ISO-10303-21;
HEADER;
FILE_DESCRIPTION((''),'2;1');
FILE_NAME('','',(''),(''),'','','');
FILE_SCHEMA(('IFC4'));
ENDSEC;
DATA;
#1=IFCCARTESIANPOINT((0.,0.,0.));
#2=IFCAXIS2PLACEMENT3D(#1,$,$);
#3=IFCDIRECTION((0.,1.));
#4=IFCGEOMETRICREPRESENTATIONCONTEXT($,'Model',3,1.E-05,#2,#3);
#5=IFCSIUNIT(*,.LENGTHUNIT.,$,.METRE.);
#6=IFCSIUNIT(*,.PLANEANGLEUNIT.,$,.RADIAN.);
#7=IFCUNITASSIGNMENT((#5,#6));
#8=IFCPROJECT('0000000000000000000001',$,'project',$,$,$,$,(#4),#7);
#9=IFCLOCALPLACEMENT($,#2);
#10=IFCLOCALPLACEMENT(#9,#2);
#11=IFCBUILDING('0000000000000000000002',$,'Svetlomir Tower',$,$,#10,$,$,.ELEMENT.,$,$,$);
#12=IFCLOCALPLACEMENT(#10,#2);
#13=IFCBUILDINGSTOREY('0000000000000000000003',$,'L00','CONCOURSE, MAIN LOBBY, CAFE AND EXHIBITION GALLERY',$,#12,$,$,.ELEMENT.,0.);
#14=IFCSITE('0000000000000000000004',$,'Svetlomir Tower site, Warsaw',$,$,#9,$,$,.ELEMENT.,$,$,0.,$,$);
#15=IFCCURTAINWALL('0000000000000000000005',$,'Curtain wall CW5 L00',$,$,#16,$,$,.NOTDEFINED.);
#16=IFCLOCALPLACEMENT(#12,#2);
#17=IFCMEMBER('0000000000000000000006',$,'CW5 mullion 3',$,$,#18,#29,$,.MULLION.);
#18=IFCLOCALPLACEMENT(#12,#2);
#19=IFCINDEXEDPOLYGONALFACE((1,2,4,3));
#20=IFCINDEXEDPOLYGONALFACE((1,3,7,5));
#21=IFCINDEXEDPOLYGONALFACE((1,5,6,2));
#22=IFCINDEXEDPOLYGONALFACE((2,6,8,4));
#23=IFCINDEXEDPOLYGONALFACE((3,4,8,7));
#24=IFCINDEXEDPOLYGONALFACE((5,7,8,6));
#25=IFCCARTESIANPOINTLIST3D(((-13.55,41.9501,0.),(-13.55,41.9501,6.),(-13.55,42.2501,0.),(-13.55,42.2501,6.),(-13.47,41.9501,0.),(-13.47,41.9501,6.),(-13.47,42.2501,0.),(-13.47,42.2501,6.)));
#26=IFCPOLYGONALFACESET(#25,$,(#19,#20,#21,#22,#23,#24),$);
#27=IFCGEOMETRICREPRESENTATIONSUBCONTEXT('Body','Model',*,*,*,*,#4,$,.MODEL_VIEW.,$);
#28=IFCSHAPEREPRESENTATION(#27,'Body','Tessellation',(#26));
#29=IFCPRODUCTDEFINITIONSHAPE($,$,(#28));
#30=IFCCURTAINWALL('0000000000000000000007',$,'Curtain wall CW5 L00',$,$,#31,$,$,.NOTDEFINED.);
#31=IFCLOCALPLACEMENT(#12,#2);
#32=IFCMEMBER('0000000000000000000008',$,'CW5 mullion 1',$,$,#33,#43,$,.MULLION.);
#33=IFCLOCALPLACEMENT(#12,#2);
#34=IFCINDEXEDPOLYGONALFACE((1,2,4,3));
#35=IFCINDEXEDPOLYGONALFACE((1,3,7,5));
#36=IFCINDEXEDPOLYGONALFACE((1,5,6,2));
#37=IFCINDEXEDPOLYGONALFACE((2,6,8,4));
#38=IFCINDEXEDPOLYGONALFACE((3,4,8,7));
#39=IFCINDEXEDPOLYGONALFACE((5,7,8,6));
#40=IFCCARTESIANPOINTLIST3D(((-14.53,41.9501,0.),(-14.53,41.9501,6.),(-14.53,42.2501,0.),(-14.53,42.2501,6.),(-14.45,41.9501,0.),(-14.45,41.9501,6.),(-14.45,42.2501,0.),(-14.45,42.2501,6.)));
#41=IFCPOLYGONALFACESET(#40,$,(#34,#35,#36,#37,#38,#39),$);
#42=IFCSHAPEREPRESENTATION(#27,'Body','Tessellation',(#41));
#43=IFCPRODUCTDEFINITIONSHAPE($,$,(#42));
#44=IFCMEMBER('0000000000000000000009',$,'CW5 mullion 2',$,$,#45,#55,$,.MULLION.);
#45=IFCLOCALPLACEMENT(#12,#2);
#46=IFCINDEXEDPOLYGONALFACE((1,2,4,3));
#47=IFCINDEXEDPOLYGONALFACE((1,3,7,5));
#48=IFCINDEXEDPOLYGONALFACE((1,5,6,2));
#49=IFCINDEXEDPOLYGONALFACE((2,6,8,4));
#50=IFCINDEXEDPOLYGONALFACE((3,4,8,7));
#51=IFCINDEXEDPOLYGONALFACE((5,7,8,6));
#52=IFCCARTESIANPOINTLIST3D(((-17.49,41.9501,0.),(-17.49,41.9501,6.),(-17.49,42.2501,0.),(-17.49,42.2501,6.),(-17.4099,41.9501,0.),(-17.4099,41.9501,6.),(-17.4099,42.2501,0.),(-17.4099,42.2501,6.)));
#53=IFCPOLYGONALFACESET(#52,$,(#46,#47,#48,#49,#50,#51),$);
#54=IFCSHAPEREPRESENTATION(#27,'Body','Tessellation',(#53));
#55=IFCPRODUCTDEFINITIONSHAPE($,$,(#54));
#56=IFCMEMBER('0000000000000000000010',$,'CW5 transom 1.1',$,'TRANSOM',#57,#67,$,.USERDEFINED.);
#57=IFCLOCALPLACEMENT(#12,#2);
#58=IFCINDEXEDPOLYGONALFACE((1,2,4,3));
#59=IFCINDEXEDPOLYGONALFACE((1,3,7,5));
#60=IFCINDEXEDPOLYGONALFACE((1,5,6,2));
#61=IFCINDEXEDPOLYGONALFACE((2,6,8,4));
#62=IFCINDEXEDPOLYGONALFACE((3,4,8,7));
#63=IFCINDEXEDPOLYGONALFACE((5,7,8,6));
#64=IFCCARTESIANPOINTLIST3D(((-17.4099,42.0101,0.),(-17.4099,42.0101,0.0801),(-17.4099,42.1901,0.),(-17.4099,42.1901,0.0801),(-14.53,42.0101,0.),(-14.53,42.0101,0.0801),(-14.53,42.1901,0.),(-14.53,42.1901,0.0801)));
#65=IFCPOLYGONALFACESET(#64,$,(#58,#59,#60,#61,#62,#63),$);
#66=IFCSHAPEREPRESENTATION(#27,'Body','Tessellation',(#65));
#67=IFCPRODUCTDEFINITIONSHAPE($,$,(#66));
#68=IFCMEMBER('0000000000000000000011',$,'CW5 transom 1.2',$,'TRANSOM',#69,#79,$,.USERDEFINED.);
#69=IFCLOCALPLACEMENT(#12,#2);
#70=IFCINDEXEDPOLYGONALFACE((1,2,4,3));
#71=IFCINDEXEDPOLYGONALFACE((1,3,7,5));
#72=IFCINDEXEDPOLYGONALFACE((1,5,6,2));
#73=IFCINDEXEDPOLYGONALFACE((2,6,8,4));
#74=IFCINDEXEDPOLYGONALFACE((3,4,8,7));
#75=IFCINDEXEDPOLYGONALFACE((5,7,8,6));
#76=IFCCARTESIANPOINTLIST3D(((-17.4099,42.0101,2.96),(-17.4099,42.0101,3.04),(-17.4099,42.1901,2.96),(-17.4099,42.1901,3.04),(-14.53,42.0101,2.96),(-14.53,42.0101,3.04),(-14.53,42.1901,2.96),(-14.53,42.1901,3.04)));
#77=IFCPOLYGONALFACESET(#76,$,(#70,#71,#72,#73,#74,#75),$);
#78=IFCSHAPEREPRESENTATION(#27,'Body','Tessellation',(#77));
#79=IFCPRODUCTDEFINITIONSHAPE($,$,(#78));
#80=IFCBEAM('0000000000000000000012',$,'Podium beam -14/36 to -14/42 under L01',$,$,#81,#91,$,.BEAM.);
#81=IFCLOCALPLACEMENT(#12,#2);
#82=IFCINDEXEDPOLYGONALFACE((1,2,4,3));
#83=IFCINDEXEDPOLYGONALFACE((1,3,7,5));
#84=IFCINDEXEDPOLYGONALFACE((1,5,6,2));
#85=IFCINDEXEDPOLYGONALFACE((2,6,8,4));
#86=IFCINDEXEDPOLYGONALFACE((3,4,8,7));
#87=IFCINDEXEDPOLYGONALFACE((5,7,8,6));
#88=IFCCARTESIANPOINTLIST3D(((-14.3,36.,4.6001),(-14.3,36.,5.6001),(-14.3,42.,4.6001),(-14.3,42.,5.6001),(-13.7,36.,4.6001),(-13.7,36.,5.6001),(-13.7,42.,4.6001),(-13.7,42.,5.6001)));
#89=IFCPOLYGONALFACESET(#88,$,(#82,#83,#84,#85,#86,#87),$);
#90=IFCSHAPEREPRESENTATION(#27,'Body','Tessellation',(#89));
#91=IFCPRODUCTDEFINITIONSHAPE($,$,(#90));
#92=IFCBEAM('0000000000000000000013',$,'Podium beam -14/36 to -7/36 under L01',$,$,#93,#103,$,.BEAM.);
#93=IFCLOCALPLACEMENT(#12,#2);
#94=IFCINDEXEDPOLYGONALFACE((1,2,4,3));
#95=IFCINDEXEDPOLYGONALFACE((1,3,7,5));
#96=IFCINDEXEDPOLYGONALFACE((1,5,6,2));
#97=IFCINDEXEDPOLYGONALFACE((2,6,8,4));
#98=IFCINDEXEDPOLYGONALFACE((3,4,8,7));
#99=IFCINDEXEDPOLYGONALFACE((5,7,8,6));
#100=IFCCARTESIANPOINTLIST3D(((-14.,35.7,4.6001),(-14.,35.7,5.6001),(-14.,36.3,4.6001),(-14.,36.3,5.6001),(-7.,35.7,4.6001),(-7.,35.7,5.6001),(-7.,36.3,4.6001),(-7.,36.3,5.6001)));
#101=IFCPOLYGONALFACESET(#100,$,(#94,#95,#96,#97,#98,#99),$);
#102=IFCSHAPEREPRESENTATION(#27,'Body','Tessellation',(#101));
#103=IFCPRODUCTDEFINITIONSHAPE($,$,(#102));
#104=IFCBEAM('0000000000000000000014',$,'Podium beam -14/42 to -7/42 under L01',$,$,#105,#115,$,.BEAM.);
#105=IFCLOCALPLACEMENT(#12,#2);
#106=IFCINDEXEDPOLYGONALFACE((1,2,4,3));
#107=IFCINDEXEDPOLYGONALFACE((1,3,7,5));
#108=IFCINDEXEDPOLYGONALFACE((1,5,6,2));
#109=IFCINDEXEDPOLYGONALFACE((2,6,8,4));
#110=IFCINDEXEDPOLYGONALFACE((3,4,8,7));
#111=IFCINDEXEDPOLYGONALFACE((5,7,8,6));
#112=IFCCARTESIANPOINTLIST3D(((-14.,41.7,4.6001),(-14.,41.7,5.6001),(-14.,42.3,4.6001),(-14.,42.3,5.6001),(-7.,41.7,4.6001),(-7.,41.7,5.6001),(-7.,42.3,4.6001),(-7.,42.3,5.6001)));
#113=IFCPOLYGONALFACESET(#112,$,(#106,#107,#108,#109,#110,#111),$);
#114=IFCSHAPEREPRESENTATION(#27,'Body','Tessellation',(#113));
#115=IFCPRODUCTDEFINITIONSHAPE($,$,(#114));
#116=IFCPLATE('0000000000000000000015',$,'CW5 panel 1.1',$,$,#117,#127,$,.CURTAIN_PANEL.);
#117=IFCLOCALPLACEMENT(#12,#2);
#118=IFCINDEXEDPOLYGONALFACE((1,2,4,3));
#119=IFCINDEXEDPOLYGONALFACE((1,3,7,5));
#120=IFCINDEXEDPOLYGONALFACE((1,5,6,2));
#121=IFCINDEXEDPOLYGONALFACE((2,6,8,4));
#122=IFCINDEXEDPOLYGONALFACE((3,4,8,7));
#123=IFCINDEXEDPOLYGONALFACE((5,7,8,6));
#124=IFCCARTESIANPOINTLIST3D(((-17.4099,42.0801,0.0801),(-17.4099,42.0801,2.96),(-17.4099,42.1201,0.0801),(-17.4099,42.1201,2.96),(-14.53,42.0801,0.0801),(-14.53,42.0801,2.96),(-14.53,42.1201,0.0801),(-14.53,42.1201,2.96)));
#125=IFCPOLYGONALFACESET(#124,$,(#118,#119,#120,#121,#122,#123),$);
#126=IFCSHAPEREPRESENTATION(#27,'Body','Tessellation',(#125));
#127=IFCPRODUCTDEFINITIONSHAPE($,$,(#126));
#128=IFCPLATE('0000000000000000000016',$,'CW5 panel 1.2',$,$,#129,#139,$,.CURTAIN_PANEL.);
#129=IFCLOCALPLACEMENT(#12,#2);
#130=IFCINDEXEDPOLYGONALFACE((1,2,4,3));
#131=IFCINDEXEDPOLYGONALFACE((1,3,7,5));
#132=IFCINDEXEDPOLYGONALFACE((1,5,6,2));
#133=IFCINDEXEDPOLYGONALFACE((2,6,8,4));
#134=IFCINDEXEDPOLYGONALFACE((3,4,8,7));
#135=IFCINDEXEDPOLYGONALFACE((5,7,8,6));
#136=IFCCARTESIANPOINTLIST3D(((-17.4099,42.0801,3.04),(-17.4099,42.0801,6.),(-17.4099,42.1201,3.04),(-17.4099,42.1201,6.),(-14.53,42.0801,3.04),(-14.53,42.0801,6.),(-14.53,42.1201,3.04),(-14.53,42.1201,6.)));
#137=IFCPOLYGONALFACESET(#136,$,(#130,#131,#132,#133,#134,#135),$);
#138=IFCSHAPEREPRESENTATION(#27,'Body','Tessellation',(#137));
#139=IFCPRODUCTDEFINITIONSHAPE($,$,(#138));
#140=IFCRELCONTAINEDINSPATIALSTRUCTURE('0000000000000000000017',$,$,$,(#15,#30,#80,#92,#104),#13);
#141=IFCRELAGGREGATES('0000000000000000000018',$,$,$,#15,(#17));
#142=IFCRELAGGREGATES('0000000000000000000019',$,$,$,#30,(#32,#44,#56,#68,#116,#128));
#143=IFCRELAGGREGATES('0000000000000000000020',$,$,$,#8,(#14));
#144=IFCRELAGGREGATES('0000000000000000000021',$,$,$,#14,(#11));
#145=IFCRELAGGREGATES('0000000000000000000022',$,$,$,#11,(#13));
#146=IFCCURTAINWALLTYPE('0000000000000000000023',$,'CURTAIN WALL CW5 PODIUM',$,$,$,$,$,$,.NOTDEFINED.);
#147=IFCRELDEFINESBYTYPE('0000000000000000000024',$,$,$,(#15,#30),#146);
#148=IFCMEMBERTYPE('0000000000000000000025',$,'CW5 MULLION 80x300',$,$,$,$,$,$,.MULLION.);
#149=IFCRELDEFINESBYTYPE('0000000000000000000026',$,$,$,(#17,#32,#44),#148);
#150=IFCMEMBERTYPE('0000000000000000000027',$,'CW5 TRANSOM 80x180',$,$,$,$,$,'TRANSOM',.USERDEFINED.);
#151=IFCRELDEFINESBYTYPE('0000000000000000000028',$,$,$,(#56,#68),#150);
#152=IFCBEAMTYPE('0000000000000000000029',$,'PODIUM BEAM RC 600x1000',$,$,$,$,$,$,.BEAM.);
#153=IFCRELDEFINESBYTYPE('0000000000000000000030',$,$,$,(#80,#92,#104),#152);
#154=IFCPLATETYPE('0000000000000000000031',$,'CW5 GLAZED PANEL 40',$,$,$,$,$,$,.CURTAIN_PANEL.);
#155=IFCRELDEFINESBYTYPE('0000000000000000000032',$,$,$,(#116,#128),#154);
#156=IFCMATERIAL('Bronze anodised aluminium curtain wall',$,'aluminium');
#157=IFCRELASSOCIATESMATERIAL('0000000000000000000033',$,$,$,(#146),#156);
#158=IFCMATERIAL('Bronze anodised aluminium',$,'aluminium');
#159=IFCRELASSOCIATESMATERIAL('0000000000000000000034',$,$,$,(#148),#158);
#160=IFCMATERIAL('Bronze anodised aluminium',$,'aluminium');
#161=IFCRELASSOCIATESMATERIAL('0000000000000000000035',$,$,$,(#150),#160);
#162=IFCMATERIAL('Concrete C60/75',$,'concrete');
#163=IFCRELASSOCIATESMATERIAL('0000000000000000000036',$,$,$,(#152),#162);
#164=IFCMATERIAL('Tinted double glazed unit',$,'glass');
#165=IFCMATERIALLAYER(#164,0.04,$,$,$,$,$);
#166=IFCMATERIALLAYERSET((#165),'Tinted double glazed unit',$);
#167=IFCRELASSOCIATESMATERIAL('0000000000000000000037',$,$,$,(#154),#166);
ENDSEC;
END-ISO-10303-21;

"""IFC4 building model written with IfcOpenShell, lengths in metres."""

from ifc_helpers import new_model, si_unit, direction, frame, origin, origin_2d, place, context, subcontext, project, spatial, rectangle, extrude, material, layer, layer_set, material_profile, profile_set, type_object, element, aggregate, save


model = new_model("IFC4")

# Units and contexts
model_context = context("Model", 3, precision=1e-05, world=origin(), true_north=direction((0.0, 1.0)))
body_context = subcontext(model_context, "Body", "Model", "MODEL_VIEW")
ifc_project = project(units=[si_unit("LENGTHUNIT", "METRE"), si_unit("PLANEANGLEUNIT", "RADIAN")], contexts=[model_context])

# Site, building, storey
site_placement = place(None, origin())
site = spatial("IfcSite", under=ifc_project, at=site_placement, Name="Svetlomir Tower site, Warsaw", CompositionType="ELEMENT", RefElevation=0.0)
building_placement = place(site_placement, origin())
building = spatial("IfcBuilding", under=site, at=building_placement, Name="Svetlomir Tower", CompositionType="ELEMENT")
storey_placement = place(building_placement, origin())
storey = spatial("IfcBuildingStorey", under=building, at=storey_placement, Name="L00", Description="CONCOURSE, MAIN LOBBY, CAFE AND EXHIBITION GALLERY", CompositionType="ELEMENT", Elevation=0.0)

# Curtain wall, member
ifc_material_1 = material(Name="Bronze anodised aluminium curtain wall", Category="aluminium")
curtain_wall_type = type_object("IfcCurtainWallType", Name="CURTAIN WALL CW5 PODIUM", PredefinedType="NOTDEFINED", material=ifc_material_1)
curtain_wall_1_placement = place(storey_placement, origin())
curtain_wall_1 = element("IfcCurtainWall", 1, at=curtain_wall_1_placement, inside=storey, type_object=curtain_wall_type, Name="Curtain wall CW5 L00", PredefinedType="NOTDEFINED")
ifc_material_2 = material(Name="Bronze anodised aluminium", Category="aluminium")
ifc_material_profile_1 = material_profile(ifc_material_2, rectangle(XDim=0.0801, YDim=0.3, at=origin_2d()), Name="AL 80x300")
ifc_profile_set_1 = profile_set([ifc_material_profile_1], Name="Bronze anodised aluminium 6063-T6")
member_type_1 = type_object("IfcMemberType", Name="CW5 MULLION 80x300", PredefinedType="MULLION", material=ifc_profile_set_1)
member_1_placement = place(storey_placement, frame((-13.51, 42.1001, 0.0), z_axis=(0.0, 0.0, 1.0), x_axis=(-1.0, 0.0, 0.0)))
member_1 = element("IfcMember", 2, at=member_1_placement, type_object=member_type_1, Name="CW5 mullion 3", PredefinedType="MULLION", context=body_context, shape_type="SweptSolid", body=[
    extrude(rectangle(XDim=0.0801, YDim=0.3, at=origin_2d()), origin(), (0.0, 0.0, 1.0), 6.0),
])
aggregate(curtain_wall_1, [member_1])

# Curtain wall, members
curtain_wall_2_placement = place(storey_placement, origin())
curtain_wall_2 = element("IfcCurtainWall", 3, at=curtain_wall_2_placement, inside=storey, type_object=curtain_wall_type, Name="Curtain wall CW5 L00", PredefinedType="NOTDEFINED")
member_2_placement = place(storey_placement, frame((-14.49, 42.1001, 0.0), z_axis=(0.0, 0.0, 1.0), x_axis=(-1.0, 0.0, 0.0)))
member_2 = element("IfcMember", 4, at=member_2_placement, type_object=member_type_1, Name="CW5 mullion 1", PredefinedType="MULLION", context=body_context, shape_type="SweptSolid", body=[
    extrude(rectangle(XDim=0.0801, YDim=0.3, at=origin_2d()), origin(), (0.0, 0.0, 1.0), 6.0),
])
member_3_placement = place(storey_placement, frame((-17.45, 42.1001, 0.0), z_axis=(0.0, 0.0, 1.0), x_axis=(-1.0, 0.0, 0.0)))
member_3 = element("IfcMember", 5, at=member_3_placement, type_object=member_type_1, Name="CW5 mullion 2", PredefinedType="MULLION", context=body_context, shape_type="SweptSolid", body=[
    extrude(rectangle(XDim=0.0801, YDim=0.3, at=origin_2d()), origin(), (0.0, 0.0, 1.0), 6.0),
])
ifc_material_3 = material(Name="Bronze anodised aluminium", Category="aluminium")
ifc_material_profile_2 = material_profile(ifc_material_3, rectangle(XDim=0.1799, YDim=0.0801, at=origin_2d()), Name="AL 180x80")
ifc_profile_set_2 = profile_set([ifc_material_profile_2], Name="Bronze anodised aluminium 6063-T6")
member_type_2 = type_object("IfcMemberType", Name="CW5 TRANSOM 80x180", ElementType="TRANSOM", PredefinedType="USERDEFINED", material=ifc_profile_set_2)
member_4_placement = place(storey_placement, frame((-14.53, 42.1001, 0.04), z_axis=(-1.0, 0.0, 0.0), x_axis=(0.0, -1.0, 0.0)))
member_4 = element("IfcMember", 6, at=member_4_placement, type_object=member_type_2, Name="CW5 transom 1.1", ObjectType="TRANSOM", PredefinedType="USERDEFINED", context=body_context, shape_type="SweptSolid", body=[
    extrude(rectangle(XDim=0.1799, YDim=0.0801, at=origin_2d()), origin(), (0.0, 0.0, 1.0), 2.8799),
])
member_5_placement = place(storey_placement, frame((-14.53, 42.1001, 3.0), z_axis=(-1.0, 0.0, 0.0), x_axis=(0.0, -1.0, 0.0)))
member_5 = element("IfcMember", 7, at=member_5_placement, type_object=member_type_2, Name="CW5 transom 1.2", ObjectType="TRANSOM", PredefinedType="USERDEFINED", context=body_context, shape_type="SweptSolid", body=[
    extrude(rectangle(XDim=0.1799, YDim=0.0801, at=origin_2d()), origin(), (0.0, 0.0, 1.0), 2.8799),
])

# Beams
ifc_material_4 = material(Name="Concrete C60/75", Category="concrete")
ifc_material_profile_3 = material_profile(ifc_material_4, rectangle(XDim=0.6001, YDim=1.0, at=origin_2d()), Name="RC 600x1000")
ifc_profile_set_3 = profile_set([ifc_material_profile_3], Name="Concrete C60/75")
beam_type = type_object("IfcBeamType", Name="PODIUM BEAM RC 600x1000", PredefinedType="BEAM", material=ifc_profile_set_3)
beam_placement = place(storey_placement, frame((-14.0, 36.0, 5.1001), z_axis=(0.0, 1.0, 0.0), x_axis=(-1.0, 0.0, 0.0)))
element("IfcBeam", 8, at=beam_placement, inside=storey, type_object=beam_type, Name="Podium beam -14/36 to -14/42 under L01", PredefinedType="BEAM", context=body_context, shape_type="SweptSolid", body=[
    extrude(rectangle(XDim=0.6001, YDim=1.0, at=origin_2d()), origin(), (0.0, 0.0, 1.0), 6.0),
])
for number, where, z_axis, x_axis, name in (
    (9, (-14.0, 36.0, 5.1001), (1.0, 0.0, 0.0), (0.0, 1.0, 0.0), "Podium beam -14/36 to -7/36 under L01"),
    (10, (-14.0, 42.0, 5.1001), (1.0, 0.0, 0.0), (0.0, 1.0, 0.0), "Podium beam -14/42 to -7/42 under L01"),
):
    element("IfcBeam", number, at=place(storey_placement, frame(where, z_axis=z_axis, x_axis=x_axis)), inside=storey, type_object=beam_type, Name=name, PredefinedType="BEAM", context=body_context, shape_type="SweptSolid", body=[
        extrude(rectangle(XDim=0.6001, YDim=1.0, at=origin_2d()), origin(), (0.0, 0.0, 1.0), 7.0),
    ])

# Plates
ifc_material_5 = material(Name="Tinted double glazed unit", Category="glass")
ifc_layer = layer(ifc_material_5, 0.04)
ifc_layer_set = layer_set([ifc_layer], Name="Tinted double glazed unit")
plate_type = type_object("IfcPlateType", Name="CW5 GLAZED PANEL 40", PredefinedType="CURTAIN_PANEL", material=ifc_layer_set)
plate_1_placement = place(storey_placement, frame((-15.97, 42.1001, 0.0801), z_axis=(0.0, 0.0, 1.0), x_axis=(-1.0, 0.0, 0.0)))
plate_1 = element("IfcPlate", 11, at=plate_1_placement, type_object=plate_type, Name="CW5 panel 1.1", PredefinedType="CURTAIN_PANEL", context=body_context, shape_type="SweptSolid", body=[
    extrude(rectangle(XDim=2.8799, YDim=0.04, at=origin_2d()), origin(), (0.0, 0.0, 1.0), 2.8799),
])
plate_2_placement = place(storey_placement, frame((-15.97, 42.1001, 3.04), z_axis=(0.0, 0.0, 1.0), x_axis=(-1.0, 0.0, 0.0)))
plate_2 = element("IfcPlate", 12, at=plate_2_placement, type_object=plate_type, Name="CW5 panel 1.2", PredefinedType="CURTAIN_PANEL", context=body_context, shape_type="SweptSolid", body=[
    extrude(rectangle(XDim=2.8799, YDim=0.04, at=origin_2d()), origin(), (0.0, 0.0, 1.0), 2.96),
])
aggregate(curtain_wall_2, [member_2, member_3, member_4, member_5, plate_1, plate_2])

save(model, "model.ifc")
